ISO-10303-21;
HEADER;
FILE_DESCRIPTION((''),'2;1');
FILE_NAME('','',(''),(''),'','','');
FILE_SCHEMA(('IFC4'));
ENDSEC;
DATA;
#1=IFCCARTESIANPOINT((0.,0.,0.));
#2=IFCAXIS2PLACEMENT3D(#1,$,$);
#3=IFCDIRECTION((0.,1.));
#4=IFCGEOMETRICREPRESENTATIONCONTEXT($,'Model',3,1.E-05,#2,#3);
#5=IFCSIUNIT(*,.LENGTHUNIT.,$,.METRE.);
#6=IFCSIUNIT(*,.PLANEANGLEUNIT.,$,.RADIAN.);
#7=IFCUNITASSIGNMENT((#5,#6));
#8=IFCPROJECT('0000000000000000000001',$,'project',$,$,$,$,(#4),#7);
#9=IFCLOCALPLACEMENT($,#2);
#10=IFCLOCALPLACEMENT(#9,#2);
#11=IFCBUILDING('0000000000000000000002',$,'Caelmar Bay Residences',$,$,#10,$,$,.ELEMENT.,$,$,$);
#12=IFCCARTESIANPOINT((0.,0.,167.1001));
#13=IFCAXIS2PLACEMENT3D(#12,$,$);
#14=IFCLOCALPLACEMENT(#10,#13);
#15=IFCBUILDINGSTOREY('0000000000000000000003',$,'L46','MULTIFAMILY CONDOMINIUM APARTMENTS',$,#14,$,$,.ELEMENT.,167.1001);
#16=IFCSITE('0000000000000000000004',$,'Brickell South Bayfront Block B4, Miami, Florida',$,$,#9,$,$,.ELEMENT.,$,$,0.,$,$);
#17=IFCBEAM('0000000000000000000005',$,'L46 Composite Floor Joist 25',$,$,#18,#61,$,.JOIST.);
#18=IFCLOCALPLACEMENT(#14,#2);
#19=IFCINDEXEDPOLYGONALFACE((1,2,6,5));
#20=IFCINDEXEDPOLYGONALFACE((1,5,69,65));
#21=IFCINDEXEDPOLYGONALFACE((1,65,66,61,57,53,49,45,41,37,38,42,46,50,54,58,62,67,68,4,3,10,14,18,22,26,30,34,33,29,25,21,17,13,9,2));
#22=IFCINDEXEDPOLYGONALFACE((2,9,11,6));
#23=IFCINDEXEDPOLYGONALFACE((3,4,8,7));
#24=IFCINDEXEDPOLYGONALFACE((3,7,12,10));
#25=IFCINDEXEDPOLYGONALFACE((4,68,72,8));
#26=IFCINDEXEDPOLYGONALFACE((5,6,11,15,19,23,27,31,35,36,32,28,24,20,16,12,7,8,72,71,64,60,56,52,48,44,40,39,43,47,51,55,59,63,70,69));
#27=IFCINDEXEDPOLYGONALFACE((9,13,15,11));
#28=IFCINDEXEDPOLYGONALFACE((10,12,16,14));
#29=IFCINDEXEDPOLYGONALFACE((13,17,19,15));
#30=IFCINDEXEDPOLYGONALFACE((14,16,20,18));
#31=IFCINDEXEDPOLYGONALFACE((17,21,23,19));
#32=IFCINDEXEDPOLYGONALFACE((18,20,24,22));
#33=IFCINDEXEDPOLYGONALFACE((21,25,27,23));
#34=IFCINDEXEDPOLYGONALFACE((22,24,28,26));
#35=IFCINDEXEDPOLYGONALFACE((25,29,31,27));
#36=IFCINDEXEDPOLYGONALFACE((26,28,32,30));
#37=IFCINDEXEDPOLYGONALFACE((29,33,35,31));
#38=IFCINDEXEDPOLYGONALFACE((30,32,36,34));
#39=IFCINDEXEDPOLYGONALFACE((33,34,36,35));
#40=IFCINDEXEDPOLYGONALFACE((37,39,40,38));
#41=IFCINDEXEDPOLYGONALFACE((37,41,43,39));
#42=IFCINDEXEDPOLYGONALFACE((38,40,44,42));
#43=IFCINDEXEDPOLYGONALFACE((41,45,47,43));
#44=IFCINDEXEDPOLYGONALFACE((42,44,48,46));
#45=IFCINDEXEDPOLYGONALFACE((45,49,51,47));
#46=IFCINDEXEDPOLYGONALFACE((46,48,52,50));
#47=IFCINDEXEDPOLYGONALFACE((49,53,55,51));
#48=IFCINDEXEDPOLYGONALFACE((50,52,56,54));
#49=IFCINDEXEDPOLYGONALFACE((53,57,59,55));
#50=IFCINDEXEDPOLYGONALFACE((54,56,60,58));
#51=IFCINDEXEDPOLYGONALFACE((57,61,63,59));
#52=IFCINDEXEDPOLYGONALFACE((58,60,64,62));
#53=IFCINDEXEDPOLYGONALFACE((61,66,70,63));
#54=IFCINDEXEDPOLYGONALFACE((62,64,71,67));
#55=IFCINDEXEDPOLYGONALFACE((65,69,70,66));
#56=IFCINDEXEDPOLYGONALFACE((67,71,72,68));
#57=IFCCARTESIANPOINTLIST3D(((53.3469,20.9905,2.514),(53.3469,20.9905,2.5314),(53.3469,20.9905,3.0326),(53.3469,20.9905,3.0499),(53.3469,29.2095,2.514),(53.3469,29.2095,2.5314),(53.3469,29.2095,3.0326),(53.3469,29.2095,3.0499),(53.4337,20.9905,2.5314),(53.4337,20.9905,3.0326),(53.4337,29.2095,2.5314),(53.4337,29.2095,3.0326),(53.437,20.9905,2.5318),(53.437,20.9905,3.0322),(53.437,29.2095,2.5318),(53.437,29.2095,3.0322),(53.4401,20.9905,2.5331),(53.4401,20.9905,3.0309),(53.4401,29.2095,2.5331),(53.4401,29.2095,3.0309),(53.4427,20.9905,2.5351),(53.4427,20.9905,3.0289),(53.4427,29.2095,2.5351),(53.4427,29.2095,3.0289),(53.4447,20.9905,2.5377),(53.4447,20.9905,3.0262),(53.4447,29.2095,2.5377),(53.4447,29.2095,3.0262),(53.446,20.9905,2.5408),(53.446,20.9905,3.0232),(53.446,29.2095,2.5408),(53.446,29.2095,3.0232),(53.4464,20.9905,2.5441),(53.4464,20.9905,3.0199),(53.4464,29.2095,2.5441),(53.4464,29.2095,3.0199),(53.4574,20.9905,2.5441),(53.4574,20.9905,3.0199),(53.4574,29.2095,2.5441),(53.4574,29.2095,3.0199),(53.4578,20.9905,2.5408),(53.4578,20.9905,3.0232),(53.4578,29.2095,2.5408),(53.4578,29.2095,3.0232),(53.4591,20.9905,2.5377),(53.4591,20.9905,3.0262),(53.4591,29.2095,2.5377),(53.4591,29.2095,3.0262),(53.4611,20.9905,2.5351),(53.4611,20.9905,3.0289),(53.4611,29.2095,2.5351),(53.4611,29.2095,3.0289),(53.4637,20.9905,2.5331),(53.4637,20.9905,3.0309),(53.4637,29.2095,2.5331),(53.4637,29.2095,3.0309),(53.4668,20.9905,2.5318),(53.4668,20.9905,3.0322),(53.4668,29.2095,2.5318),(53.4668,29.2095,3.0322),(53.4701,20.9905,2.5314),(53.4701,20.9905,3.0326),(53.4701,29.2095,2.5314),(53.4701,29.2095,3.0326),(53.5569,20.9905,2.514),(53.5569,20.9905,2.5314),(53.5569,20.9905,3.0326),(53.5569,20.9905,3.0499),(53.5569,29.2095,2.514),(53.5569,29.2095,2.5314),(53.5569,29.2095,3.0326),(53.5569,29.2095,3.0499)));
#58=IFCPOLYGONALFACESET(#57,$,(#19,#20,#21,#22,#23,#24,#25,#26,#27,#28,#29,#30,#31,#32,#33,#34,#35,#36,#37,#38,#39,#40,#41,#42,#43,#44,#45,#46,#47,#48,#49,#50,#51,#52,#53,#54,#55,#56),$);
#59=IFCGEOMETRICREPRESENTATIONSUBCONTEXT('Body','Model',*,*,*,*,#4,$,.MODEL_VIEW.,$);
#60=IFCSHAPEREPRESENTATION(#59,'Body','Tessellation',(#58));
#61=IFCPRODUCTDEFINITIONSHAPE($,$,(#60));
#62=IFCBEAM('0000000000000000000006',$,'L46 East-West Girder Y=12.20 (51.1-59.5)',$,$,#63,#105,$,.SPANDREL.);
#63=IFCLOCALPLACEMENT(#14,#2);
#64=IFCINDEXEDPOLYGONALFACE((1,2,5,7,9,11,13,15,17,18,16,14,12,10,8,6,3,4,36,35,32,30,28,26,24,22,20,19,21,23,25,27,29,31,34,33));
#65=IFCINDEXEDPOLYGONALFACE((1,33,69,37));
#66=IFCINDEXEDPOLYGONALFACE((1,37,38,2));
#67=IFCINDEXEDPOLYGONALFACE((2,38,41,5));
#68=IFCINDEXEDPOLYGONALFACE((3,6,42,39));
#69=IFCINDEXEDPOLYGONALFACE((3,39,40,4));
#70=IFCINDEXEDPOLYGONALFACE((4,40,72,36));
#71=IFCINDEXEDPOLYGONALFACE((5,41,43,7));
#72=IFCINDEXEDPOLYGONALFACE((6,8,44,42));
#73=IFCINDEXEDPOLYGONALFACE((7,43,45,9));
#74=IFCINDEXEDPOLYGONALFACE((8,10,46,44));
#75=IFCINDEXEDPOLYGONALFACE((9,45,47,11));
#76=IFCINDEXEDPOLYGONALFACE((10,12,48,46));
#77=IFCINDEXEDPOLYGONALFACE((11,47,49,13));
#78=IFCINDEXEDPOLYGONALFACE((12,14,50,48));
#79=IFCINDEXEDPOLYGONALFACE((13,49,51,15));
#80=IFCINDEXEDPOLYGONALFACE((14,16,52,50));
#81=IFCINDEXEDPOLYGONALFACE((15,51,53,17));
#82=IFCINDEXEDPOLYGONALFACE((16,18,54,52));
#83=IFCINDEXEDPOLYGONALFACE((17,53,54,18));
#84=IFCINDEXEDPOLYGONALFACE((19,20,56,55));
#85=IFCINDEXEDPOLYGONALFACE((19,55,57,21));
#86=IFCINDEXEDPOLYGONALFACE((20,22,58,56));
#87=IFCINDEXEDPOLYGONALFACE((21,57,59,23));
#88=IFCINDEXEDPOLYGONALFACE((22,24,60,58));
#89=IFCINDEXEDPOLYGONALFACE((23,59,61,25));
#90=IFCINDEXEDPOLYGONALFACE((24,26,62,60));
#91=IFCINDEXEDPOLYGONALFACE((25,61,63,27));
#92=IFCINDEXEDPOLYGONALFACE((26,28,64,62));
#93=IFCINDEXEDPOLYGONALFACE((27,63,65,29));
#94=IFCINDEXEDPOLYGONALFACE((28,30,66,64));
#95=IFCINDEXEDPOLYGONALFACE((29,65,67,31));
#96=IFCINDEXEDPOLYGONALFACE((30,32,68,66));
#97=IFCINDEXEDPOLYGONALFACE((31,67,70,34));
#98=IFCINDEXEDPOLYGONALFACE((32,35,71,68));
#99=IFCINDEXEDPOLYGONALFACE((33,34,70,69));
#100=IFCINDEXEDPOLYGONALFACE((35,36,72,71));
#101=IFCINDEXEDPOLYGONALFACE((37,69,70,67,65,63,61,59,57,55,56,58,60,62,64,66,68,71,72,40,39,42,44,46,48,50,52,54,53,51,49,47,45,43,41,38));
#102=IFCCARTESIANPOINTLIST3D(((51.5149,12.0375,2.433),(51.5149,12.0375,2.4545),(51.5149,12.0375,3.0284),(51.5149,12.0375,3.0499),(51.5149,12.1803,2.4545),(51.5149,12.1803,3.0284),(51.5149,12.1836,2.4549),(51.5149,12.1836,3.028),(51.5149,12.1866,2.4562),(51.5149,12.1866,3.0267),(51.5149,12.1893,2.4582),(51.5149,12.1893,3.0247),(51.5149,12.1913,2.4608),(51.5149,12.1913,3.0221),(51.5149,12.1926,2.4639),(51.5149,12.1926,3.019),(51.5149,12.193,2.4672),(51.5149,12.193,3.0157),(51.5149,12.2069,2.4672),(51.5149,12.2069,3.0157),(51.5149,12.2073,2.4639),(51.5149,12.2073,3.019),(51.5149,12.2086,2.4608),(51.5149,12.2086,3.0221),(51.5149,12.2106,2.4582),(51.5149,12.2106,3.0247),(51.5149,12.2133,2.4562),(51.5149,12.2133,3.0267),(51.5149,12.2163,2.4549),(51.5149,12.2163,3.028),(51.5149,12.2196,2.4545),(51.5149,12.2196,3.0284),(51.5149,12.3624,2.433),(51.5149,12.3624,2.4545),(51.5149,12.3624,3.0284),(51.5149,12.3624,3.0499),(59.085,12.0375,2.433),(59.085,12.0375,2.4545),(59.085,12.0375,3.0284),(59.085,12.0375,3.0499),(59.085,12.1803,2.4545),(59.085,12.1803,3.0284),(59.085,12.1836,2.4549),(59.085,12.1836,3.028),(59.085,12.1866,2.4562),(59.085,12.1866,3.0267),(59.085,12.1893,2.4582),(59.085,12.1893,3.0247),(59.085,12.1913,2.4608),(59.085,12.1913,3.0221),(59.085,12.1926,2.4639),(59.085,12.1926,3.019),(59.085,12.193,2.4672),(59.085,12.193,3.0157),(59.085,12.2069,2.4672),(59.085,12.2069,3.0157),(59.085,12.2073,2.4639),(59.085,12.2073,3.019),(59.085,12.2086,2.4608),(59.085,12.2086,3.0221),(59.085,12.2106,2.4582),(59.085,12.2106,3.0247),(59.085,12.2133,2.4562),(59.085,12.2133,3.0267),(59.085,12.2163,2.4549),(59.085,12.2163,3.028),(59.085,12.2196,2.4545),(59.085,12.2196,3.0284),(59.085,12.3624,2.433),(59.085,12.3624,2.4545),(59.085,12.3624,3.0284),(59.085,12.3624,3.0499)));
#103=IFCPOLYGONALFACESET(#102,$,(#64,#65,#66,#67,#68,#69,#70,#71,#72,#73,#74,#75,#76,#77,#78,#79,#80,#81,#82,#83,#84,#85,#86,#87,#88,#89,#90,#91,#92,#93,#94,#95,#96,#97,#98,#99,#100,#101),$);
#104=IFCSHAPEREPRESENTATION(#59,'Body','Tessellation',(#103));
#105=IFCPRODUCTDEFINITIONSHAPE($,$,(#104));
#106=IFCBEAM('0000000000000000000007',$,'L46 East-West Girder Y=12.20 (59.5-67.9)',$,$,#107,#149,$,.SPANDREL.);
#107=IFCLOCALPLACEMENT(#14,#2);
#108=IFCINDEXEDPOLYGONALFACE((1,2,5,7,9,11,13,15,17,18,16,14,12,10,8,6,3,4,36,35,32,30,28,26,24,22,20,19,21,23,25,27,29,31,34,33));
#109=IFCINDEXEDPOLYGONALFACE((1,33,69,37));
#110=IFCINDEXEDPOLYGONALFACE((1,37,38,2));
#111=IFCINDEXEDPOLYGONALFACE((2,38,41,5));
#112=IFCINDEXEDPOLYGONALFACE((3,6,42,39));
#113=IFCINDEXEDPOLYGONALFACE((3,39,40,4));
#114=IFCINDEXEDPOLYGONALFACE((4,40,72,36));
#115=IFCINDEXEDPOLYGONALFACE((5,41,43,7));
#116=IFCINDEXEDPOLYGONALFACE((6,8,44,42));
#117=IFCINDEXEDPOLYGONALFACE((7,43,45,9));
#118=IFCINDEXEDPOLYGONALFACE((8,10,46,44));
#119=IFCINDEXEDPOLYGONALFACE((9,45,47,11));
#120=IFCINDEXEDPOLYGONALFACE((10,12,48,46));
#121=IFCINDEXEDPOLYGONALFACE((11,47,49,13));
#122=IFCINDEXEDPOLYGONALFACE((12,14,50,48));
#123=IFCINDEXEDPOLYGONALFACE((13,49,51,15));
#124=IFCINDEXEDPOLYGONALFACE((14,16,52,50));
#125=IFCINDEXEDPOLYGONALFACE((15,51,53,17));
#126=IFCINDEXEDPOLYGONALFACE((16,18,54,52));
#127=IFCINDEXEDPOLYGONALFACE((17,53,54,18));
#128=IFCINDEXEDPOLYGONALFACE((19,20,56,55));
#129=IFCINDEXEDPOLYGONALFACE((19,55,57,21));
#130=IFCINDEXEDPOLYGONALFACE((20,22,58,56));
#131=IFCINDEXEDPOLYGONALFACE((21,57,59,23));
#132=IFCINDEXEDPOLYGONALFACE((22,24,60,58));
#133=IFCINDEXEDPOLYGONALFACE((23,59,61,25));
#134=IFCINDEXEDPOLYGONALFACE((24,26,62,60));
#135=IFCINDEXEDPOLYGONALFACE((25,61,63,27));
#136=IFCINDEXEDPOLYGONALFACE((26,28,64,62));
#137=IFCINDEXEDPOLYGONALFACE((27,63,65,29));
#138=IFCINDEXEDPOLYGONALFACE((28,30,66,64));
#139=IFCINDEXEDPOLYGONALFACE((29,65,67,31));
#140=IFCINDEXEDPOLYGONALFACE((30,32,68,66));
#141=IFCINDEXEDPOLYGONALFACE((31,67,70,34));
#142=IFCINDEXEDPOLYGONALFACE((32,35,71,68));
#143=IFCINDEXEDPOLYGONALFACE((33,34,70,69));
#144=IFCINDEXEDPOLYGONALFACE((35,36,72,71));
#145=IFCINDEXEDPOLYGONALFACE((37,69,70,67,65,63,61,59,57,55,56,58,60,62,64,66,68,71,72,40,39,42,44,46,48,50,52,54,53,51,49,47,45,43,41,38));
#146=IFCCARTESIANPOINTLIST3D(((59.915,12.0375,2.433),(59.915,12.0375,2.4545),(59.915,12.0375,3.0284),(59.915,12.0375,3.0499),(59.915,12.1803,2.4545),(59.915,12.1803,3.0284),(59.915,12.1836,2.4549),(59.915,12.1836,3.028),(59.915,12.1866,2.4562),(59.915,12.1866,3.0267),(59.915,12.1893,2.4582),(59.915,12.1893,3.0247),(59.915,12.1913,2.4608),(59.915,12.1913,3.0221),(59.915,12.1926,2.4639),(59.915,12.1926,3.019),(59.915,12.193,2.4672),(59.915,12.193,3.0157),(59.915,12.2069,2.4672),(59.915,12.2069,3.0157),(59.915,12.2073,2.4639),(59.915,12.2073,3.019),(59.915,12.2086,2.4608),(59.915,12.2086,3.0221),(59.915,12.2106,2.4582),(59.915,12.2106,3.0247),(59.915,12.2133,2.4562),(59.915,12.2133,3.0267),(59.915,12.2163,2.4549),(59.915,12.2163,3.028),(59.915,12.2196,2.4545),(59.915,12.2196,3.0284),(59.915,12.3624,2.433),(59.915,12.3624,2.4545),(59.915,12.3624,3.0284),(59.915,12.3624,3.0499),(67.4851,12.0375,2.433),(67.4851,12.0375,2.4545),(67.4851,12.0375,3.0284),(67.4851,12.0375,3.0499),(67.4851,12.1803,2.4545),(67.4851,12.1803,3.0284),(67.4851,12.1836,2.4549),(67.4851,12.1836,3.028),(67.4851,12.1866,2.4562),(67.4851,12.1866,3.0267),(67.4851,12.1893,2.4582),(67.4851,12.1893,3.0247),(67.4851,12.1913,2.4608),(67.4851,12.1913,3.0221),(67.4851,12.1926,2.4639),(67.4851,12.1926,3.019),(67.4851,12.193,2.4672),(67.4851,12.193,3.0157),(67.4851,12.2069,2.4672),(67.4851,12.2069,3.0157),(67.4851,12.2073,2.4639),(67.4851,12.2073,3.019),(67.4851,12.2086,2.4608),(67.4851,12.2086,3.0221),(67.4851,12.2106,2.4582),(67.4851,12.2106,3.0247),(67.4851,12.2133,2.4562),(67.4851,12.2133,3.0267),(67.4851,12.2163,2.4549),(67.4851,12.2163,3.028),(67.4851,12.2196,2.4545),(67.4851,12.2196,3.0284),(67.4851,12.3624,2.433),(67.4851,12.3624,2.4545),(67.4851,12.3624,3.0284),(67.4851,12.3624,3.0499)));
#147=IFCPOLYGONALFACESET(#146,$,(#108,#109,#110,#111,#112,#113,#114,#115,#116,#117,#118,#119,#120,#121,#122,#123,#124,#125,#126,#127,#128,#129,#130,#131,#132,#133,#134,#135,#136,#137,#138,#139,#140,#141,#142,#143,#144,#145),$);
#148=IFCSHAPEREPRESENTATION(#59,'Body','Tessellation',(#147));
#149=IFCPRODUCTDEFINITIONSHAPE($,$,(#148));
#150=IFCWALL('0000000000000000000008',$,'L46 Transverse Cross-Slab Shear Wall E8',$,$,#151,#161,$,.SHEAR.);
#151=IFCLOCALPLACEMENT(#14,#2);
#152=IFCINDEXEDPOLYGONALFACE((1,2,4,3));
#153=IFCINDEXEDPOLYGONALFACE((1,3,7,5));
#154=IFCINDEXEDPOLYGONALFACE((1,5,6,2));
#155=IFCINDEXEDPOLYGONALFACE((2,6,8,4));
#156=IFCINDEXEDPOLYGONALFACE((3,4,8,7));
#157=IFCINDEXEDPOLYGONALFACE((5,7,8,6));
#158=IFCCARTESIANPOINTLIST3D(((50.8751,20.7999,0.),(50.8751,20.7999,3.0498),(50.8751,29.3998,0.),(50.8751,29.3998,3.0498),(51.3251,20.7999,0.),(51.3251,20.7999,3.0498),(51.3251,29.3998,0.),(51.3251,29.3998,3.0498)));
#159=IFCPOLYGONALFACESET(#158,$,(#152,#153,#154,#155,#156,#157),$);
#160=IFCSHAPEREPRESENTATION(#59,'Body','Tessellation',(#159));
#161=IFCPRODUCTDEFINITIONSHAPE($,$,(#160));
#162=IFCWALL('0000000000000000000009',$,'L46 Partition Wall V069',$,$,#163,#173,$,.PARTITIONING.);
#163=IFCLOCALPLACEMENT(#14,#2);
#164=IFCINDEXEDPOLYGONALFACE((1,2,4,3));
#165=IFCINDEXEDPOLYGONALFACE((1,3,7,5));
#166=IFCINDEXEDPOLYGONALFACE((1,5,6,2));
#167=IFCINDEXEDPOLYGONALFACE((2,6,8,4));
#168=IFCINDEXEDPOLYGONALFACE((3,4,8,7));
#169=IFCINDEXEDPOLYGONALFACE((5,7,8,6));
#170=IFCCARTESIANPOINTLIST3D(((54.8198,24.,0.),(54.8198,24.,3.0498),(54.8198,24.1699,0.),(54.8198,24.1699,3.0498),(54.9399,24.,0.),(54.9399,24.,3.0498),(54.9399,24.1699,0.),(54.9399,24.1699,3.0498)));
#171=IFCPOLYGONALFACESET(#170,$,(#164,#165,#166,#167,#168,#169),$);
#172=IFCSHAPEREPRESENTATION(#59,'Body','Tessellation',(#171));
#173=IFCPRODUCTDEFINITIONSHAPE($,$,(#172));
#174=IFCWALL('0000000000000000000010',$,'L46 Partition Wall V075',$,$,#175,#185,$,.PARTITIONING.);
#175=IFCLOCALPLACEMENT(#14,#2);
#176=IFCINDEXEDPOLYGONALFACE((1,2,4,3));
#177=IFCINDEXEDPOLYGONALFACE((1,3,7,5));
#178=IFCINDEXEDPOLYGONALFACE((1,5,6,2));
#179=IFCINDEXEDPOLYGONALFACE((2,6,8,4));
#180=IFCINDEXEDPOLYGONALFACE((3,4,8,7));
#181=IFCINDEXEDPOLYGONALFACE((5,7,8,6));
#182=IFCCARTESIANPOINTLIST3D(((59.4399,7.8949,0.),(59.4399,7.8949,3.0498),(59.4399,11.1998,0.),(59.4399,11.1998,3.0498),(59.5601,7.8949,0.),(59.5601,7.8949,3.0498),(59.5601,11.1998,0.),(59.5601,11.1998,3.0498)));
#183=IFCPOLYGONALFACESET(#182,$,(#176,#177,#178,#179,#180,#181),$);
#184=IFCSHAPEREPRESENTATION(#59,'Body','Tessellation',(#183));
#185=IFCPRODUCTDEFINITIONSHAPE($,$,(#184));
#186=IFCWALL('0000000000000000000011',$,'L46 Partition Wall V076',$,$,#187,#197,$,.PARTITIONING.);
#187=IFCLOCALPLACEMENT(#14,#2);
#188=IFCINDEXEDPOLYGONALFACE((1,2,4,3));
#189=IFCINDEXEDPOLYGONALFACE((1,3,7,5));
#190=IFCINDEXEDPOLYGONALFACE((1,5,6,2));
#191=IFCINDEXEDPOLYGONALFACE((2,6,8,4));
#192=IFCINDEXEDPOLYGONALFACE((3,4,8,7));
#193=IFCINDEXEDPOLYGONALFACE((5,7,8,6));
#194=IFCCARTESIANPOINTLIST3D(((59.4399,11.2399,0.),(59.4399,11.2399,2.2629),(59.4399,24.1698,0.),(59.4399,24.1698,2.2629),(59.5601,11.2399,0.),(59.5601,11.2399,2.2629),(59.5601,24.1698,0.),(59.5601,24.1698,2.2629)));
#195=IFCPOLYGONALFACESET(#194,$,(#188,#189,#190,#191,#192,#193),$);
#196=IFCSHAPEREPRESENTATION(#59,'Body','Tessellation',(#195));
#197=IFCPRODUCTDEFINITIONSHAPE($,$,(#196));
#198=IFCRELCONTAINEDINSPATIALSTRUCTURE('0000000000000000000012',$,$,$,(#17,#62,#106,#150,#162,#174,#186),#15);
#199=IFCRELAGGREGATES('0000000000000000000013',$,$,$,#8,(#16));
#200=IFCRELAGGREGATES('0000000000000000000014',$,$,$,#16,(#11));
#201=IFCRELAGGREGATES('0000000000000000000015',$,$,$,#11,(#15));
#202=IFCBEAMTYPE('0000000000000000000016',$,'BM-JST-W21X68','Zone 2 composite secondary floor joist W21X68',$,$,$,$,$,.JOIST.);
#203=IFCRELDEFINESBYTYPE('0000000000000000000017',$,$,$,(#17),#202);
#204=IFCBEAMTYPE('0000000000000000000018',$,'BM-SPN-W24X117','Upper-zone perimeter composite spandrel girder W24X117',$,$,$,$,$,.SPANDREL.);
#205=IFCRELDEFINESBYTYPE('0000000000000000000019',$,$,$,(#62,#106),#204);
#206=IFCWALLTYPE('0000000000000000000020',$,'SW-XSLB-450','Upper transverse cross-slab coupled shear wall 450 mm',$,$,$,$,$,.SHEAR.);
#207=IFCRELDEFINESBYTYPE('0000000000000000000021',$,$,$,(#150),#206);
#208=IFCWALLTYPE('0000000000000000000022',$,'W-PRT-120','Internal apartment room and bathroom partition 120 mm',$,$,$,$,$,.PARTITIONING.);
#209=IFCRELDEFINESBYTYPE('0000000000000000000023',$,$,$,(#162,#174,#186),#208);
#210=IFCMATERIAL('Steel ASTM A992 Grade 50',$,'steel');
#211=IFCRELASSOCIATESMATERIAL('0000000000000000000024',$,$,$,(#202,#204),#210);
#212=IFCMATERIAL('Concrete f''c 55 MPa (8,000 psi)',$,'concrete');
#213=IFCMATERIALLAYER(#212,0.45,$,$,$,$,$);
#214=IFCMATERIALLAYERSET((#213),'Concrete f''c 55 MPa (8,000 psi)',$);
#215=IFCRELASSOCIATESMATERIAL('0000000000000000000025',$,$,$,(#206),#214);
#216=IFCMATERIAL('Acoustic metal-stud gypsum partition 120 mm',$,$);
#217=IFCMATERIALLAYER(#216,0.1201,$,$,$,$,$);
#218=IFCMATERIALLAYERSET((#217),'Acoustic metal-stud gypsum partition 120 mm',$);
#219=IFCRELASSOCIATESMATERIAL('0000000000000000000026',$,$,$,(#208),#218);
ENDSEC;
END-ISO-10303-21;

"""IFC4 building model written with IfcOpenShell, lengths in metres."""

from ifc_helpers import new_model, si_unit, direction, frame, frame_2d, origin, origin_2d, place, context, subcontext, project, spatial, rectangle, i_section, extrude, material, layer, layer_set, material_profile, profile_set, type_object, element, save


model = new_model("IFC4")

# Units and contexts
model_context = context("Model", 3, precision=1e-05, world=origin(), true_north=direction((0.0, 1.0)))
body_context = subcontext(model_context, "Body", "Model", "MODEL_VIEW")
ifc_project = project(units=[si_unit("LENGTHUNIT", "METRE"), si_unit("PLANEANGLEUNIT", "RADIAN")], contexts=[model_context])

# Site, building, storey
site_placement = place(None, origin())
site = spatial("IfcSite", under=ifc_project, at=site_placement, Name="Brickell South Bayfront Block B4, Miami, Florida", CompositionType="ELEMENT", RefElevation=0.0)
building_placement = place(site_placement, origin())
building = spatial("IfcBuilding", under=site, at=building_placement, Name="Caelmar Bay Residences", CompositionType="ELEMENT")
storey_placement = place(building_placement, frame((0.0, 0.0, 167.1001)))
storey = spatial("IfcBuildingStorey", under=building, at=storey_placement, Name="L46", Description="MULTIFAMILY CONDOMINIUM APARTMENTS", CompositionType="ELEMENT", Elevation=167.1001)

# Shared definitions
ifc_material_1 = material(Name="Concrete f'c 55 MPa (8,000 psi)", Category="concrete")

# Beams
ifc_material_2 = material(Name="Steel ASTM A992 Grade 50", Category="steel")
ifc_material_profile_1 = material_profile(ifc_material_2, i_section(OverallWidth=0.21, OverallDepth=0.5359, WebThickness=0.011, FlangeThickness=0.0173, FilletRadius=0.0127, at=origin_2d()), Name="W21X68")
ifc_profile_set_1 = profile_set([ifc_material_profile_1], Name="Steel ASTM A992 Grade 50")
beam_type_1 = type_object("IfcBeamType", Name="BM-JST-W21X68", Description="Zone 2 composite secondary floor joist W21X68", PredefinedType="JOIST", material=ifc_profile_set_1)
beam_1_placement = place(storey_placement, frame((53.4519, 20.9905, 2.782), z_axis=(0.0, 1.0, 0.0), x_axis=(-1.0, 0.0, 0.0)))
element("IfcBeam", 1, at=beam_1_placement, inside=storey, type_object=beam_type_1, Name="L46 Composite Floor Joist 25", PredefinedType="JOIST", context=body_context, shape_type="SweptSolid", body=[
    extrude(i_section(OverallWidth=0.21, OverallDepth=0.5359, WebThickness=0.011, FlangeThickness=0.0173, FilletRadius=0.0127, at=origin_2d()), origin(), (0.0, 0.0, 1.0), 8.219),
])
ifc_material_profile_2 = material_profile(ifc_material_2, i_section(OverallWidth=0.325, OverallDepth=0.6169, WebThickness=0.0139, FlangeThickness=0.0215, FilletRadius=0.0127, at=origin_2d()), Name="W24X117")
ifc_profile_set_2 = profile_set([ifc_material_profile_2], Name="Steel ASTM A992 Grade 50")
beam_type_2 = type_object("IfcBeamType", Name="BM-SPN-W24X117", Description="Upper-zone perimeter composite spandrel girder W24X117", PredefinedType="SPANDREL", material=ifc_profile_set_2)
for number, where, z_axis, x_axis, name in (
    (2, (51.5149, 12.2, 2.7415), (1.0, 0.0, 0.0), (0.0, 1.0, 0.0), "L46 East-West Girder Y=12.20 (51.1-59.5)"),
    (3, (59.915, 12.2, 2.7415), (1.0, 0.0, 0.0), (0.0, 1.0, 0.0), "L46 East-West Girder Y=12.20 (59.5-67.9)"),
):
    element("IfcBeam", number, at=place(storey_placement, frame(where, z_axis=z_axis, x_axis=x_axis)), inside=storey, type_object=beam_type_2, Name=name, PredefinedType="SPANDREL", context=body_context, shape_type="SweptSolid", body=[
        extrude(i_section(OverallWidth=0.325, OverallDepth=0.6169, WebThickness=0.0139, FlangeThickness=0.0215, FilletRadius=0.0127, at=origin_2d()), origin(), (0.0, 0.0, 1.0), 7.5701),
    ])

# Walls
ifc_layer_1 = layer(ifc_material_1, 0.45)
ifc_layer_set_1 = layer_set([ifc_layer_1], Name="Concrete f'c 55 MPa (8,000 psi)")
wall_type_1 = type_object("IfcWallType", Name="SW-XSLB-450", Description="Upper transverse cross-slab coupled shear wall 450 mm", PredefinedType="SHEAR", material=ifc_layer_set_1)
wall_1_placement = place(storey_placement, frame((51.1001, 20.8, 0.0), z_axis=(0.0, 0.0, 1.0), x_axis=(0.0, 1.0, 0.0)))
element("IfcWall", 4, at=wall_1_placement, inside=storey, type_object=wall_type_1, Name="L46 Transverse Cross-Slab Shear Wall E8", PredefinedType="SHEAR", context=body_context, shape_type="SweptSolid", body=[
    extrude(rectangle(XDim=8.5999, YDim=0.45, at=frame_2d((4.2998, 0.0))), origin(), (0.0, 0.0, 1.0), 3.0498),
])
ifc_material_3 = material(Name="Acoustic metal-stud gypsum partition 120 mm")
ifc_layer_2 = layer(ifc_material_3, 0.1201)
ifc_layer_set_2 = layer_set([ifc_layer_2], Name="Acoustic metal-stud gypsum partition 120 mm")
wall_type_2 = type_object("IfcWallType", Name="W-PRT-120", Description="Internal apartment room and bathroom partition 120 mm", PredefinedType="PARTITIONING", material=ifc_layer_set_2)
wall_2_placement = place(storey_placement, frame((54.8799, 24.0, 0.0), z_axis=(0.0, 0.0, 1.0), x_axis=(0.0, 1.0, 0.0)))
element("IfcWall", 5, at=wall_2_placement, inside=storey, type_object=wall_type_2, Name="L46 Partition Wall V069", PredefinedType="PARTITIONING", context=body_context, shape_type="SweptSolid", body=[
    extrude(rectangle(XDim=0.1699, YDim=0.1201, at=frame_2d((0.085, 0.0))), origin(), (0.0, 0.0, 1.0), 3.0498),
])
wall_3_placement = place(storey_placement, frame((59.5, 7.895, 0.0), z_axis=(0.0, 0.0, 1.0), x_axis=(0.0, 1.0, 0.0)))
element("IfcWall", 6, at=wall_3_placement, inside=storey, type_object=wall_type_2, Name="L46 Partition Wall V075", PredefinedType="PARTITIONING", context=body_context, shape_type="SweptSolid", body=[
    extrude(rectangle(XDim=3.3049, YDim=0.1201, at=frame_2d((1.6523, 0.0))), origin(), (0.0, 0.0, 1.0), 3.0498),
])
wall_4_placement = place(storey_placement, frame((59.5, 11.24, 0.0), z_axis=(0.0, 0.0, 1.0), x_axis=(0.0, 1.0, 0.0)))
element("IfcWall", 7, at=wall_4_placement, inside=storey, type_object=wall_type_2, Name="L46 Partition Wall V076", PredefinedType="PARTITIONING", context=body_context, shape_type="SweptSolid", body=[
    extrude(rectangle(XDim=12.9299, YDim=0.1201, at=frame_2d((6.4648, 0.0))), origin(), (0.0, 0.0, 1.0), 2.2629),
])

save(model, "model.ifc")
